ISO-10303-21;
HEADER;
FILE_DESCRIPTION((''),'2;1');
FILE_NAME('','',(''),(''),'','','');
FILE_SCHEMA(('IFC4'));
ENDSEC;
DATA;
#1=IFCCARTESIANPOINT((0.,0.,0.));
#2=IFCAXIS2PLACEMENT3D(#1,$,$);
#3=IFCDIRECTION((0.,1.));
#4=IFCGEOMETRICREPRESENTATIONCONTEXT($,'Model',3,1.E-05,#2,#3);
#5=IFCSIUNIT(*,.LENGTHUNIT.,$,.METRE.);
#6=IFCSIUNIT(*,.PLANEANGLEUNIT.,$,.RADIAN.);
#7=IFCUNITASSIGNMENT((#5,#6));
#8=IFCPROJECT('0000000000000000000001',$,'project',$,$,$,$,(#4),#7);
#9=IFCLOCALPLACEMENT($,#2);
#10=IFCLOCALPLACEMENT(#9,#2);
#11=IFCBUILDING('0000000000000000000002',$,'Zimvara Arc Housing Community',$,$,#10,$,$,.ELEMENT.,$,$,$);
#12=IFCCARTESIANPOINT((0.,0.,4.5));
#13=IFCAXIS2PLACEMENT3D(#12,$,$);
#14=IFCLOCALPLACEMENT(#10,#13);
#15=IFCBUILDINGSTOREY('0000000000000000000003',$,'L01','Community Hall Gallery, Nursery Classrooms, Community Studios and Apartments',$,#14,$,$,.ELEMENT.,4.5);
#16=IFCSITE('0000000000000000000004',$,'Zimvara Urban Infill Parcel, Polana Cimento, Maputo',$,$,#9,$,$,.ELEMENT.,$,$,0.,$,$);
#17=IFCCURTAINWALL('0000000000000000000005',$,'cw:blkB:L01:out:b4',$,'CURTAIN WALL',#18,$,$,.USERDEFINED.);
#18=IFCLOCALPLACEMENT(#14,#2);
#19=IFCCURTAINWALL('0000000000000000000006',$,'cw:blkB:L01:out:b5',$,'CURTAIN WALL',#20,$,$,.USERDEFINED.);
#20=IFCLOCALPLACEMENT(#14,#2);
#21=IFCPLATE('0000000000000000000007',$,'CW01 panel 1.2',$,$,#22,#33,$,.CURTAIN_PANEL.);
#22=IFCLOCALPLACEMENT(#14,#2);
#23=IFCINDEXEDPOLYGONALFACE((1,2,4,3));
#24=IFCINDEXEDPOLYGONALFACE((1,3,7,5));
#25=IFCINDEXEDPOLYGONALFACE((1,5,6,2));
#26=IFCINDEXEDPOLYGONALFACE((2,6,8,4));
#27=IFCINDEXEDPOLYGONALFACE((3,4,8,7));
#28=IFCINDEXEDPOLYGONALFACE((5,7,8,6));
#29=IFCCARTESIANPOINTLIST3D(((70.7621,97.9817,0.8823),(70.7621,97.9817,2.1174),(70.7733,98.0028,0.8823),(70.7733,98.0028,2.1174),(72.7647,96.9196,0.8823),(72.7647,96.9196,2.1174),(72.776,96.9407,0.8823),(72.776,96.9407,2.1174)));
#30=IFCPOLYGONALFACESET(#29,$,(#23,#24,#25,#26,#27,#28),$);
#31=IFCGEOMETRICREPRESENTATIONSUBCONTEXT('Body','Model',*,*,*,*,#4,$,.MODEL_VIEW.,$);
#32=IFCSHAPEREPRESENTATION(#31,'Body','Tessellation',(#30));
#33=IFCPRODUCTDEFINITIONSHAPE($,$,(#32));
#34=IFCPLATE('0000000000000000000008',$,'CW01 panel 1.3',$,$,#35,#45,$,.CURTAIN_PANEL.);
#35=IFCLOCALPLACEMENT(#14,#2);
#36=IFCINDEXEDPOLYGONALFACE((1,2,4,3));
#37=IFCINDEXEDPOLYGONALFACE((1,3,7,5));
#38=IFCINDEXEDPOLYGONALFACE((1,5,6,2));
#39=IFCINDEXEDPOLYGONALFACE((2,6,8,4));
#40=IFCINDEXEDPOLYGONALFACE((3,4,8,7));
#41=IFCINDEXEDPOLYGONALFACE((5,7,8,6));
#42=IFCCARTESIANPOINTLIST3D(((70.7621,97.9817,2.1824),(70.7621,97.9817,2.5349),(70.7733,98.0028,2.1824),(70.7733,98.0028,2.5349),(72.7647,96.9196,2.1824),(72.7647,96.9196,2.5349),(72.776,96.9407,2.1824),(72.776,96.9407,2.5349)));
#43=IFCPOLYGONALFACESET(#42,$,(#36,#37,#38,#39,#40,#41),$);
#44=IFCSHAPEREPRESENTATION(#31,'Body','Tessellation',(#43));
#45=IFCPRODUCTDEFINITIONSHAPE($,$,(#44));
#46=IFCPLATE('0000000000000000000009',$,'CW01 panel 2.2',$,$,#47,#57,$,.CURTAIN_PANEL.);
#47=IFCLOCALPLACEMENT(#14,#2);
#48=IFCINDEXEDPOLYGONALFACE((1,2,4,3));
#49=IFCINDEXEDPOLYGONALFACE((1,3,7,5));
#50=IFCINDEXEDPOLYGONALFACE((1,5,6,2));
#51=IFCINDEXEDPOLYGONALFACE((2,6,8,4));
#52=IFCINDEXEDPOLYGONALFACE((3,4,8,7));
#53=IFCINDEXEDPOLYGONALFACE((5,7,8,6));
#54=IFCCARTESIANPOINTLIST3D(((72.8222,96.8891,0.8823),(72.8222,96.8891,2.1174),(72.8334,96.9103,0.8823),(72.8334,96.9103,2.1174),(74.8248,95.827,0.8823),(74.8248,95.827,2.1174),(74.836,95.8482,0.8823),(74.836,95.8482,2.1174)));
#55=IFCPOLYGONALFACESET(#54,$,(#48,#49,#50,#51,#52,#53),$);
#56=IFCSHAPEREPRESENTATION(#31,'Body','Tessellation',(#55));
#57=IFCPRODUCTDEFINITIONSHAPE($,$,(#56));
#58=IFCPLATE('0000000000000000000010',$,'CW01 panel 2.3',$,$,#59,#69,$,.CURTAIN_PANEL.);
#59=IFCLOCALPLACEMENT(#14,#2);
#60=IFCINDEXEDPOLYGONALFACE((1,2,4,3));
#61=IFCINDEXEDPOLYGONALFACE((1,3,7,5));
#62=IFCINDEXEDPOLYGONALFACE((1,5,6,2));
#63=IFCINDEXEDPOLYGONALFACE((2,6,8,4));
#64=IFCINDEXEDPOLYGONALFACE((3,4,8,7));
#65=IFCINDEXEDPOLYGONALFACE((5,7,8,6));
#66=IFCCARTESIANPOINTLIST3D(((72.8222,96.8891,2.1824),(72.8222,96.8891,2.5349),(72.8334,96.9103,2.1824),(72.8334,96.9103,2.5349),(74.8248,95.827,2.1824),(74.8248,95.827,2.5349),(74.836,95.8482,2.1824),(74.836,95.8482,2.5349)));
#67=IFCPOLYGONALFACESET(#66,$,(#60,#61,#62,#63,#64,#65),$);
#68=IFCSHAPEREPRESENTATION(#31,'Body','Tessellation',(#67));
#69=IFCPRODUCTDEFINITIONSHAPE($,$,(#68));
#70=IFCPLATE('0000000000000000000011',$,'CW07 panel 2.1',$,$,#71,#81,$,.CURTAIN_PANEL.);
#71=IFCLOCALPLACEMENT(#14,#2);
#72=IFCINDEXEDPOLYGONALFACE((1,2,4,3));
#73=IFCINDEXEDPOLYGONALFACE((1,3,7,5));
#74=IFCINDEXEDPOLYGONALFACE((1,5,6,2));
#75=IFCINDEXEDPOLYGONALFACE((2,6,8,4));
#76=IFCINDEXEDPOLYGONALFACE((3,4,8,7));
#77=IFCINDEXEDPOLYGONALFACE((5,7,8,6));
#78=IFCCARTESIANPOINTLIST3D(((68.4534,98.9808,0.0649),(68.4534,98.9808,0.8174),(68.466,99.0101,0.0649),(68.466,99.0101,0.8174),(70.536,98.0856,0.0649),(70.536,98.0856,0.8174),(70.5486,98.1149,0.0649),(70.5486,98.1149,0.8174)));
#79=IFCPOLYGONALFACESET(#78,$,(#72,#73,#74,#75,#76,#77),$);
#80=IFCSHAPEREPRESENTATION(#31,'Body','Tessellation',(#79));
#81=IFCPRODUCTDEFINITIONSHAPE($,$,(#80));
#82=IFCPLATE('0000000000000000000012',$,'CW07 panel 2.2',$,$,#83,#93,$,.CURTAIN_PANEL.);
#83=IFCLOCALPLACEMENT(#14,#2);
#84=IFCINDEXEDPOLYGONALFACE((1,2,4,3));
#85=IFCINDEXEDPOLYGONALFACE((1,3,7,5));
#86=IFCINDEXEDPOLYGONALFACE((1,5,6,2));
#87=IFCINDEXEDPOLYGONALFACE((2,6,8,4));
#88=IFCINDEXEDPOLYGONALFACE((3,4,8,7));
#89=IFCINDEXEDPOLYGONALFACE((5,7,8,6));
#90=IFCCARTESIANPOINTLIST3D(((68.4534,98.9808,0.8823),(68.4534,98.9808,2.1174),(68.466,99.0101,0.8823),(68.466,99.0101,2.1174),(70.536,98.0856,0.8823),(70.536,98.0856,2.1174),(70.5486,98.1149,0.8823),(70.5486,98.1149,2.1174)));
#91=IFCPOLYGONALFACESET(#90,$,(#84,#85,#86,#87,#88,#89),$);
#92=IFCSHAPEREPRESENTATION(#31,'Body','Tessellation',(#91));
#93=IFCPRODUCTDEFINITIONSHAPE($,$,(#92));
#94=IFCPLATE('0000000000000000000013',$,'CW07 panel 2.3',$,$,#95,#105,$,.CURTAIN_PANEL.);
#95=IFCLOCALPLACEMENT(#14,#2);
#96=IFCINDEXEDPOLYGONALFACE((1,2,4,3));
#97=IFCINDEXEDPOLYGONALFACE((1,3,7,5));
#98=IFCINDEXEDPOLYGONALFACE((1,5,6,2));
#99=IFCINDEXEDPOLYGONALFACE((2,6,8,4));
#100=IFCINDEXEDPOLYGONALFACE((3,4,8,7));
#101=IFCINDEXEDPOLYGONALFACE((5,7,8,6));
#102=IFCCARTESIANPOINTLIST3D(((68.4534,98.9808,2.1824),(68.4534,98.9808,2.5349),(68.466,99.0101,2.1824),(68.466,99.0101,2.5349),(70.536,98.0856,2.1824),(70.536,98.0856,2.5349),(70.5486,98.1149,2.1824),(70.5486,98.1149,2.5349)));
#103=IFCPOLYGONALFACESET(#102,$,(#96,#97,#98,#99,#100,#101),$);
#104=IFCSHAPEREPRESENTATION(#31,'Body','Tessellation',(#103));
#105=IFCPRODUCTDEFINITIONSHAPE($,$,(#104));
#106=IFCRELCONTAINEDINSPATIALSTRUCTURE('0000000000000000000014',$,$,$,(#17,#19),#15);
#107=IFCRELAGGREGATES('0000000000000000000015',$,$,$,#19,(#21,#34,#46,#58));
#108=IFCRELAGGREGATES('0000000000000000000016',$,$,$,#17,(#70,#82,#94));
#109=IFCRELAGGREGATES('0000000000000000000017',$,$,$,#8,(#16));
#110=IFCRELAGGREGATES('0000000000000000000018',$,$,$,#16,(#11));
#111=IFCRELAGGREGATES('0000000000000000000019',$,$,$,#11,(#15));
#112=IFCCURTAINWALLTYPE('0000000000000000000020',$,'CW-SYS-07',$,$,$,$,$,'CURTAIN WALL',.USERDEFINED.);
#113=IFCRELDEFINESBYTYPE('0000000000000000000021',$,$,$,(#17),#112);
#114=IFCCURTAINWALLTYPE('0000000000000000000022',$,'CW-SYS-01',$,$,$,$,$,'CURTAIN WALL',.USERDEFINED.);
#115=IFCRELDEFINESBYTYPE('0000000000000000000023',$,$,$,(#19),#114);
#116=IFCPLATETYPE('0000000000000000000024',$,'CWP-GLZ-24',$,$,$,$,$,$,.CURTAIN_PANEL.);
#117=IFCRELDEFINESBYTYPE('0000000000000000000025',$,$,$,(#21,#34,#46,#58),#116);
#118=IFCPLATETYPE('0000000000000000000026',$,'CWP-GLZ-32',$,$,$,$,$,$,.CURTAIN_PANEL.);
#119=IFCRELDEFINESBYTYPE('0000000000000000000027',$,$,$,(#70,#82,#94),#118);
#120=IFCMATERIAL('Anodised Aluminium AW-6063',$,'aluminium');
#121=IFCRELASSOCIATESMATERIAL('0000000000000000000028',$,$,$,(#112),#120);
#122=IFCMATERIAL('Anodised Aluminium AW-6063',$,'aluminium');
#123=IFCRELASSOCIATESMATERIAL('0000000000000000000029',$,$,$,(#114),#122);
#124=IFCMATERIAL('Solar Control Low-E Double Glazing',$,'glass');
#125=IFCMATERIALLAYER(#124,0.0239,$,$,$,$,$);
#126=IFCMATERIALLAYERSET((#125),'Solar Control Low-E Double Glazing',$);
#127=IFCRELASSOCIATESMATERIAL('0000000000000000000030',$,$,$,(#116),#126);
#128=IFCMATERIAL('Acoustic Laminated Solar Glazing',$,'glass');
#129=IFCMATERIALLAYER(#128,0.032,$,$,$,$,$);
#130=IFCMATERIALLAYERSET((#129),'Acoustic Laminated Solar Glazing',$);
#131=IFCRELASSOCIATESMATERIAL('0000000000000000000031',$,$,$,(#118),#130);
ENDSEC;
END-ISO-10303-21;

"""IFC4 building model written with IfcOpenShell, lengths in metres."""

from ifc_helpers import new_model, si_unit, direction, frame, origin, origin_2d, place, context, subcontext, project, spatial, rectangle, extrude, material, layer, layer_set, type_object, element, aggregate, save


model = new_model("IFC4")

# Units and contexts
model_context = context("Model", 3, precision=1e-05, world=origin(), true_north=direction((0.0, 1.0)))
body_context = subcontext(model_context, "Body", "Model", "MODEL_VIEW")
ifc_project = project(units=[si_unit("LENGTHUNIT", "METRE"), si_unit("PLANEANGLEUNIT", "RADIAN")], contexts=[model_context])

# Site, building, storey
site_placement = place(None, origin())
site = spatial("IfcSite", under=ifc_project, at=site_placement, Name="Zimvara Urban Infill Parcel, Polana Cimento, Maputo", CompositionType="ELEMENT", RefElevation=0.0)
building_placement = place(site_placement, origin())
building = spatial("IfcBuilding", under=site, at=building_placement, Name="Zimvara Arc Housing Community", CompositionType="ELEMENT")
storey_placement = place(building_placement, frame((0.0, 0.0, 4.5)))
storey = spatial("IfcBuildingStorey", under=building, at=storey_placement, Name="L01", Description="Community Hall Gallery, Nursery Classrooms, Community Studios and Apartments", CompositionType="ELEMENT", Elevation=4.5)

# Curtain wall
ifc_material_1 = material(Name="Anodised Aluminium AW-6063", Category="aluminium")
curtain_wall_type_1 = type_object("IfcCurtainWallType", Name="CW-SYS-07", ElementType="CURTAIN WALL", PredefinedType="USERDEFINED", material=ifc_material_1)
curtain_wall_1_placement = place(storey_placement, origin())
curtain_wall_1 = element("IfcCurtainWall", 1, at=curtain_wall_1_placement, inside=storey, type_object=curtain_wall_type_1, Name="cw:blkB:L01:out:b4", ObjectType="CURTAIN WALL", PredefinedType="USERDEFINED")

# Curtain wall, plates
ifc_material_2 = material(Name="Anodised Aluminium AW-6063", Category="aluminium")
curtain_wall_type_2 = type_object("IfcCurtainWallType", Name="CW-SYS-01", ElementType="CURTAIN WALL", PredefinedType="USERDEFINED", material=ifc_material_2)
curtain_wall_2_placement = place(storey_placement, origin())
curtain_wall_2 = element("IfcCurtainWall", 2, at=curtain_wall_2_placement, inside=storey, type_object=curtain_wall_type_2, Name="cw:blkB:L01:out:b5", ObjectType="CURTAIN WALL", PredefinedType="USERDEFINED")
ifc_material_3 = material(Name="Solar Control Low-E Double Glazing", Category="glass")
ifc_layer_1 = layer(ifc_material_3, 0.0239)
ifc_layer_set_1 = layer_set([ifc_layer_1], Name="Solar Control Low-E Double Glazing")
plate_type_1 = type_object("IfcPlateType", Name="CWP-GLZ-24", PredefinedType="CURTAIN_PANEL", material=ifc_layer_set_1)
plate_1_placement = place(storey_placement, frame((71.769, 97.4612, 0.8823), z_axis=(0.0, 0.0, 1.0), x_axis=(0.883439, -0.468547, 0.0)))
plate_1 = element("IfcPlate", 3, at=plate_1_placement, type_object=plate_type_1, Name="CW01 panel 1.2", PredefinedType="CURTAIN_PANEL", context=body_context, shape_type="SweptSolid", body=[
    extrude(rectangle(XDim=2.2668, YDim=0.0239, at=origin_2d()), origin(), (0.0, 0.0, 1.0), 1.2351),
])
plate_2_placement = place(storey_placement, frame((71.769, 97.4612, 2.1824), z_axis=(0.0, 0.0, 1.0), x_axis=(0.883439, -0.468547, 0.0)))
plate_2 = element("IfcPlate", 4, at=plate_2_placement, type_object=plate_type_1, Name="CW01 panel 1.3", PredefinedType="CURTAIN_PANEL", context=body_context, shape_type="SweptSolid", body=[
    extrude(rectangle(XDim=2.2668, YDim=0.0239, at=origin_2d()), origin(), (0.0, 0.0, 1.0), 0.3525),
])
plate_3_placement = place(storey_placement, frame((73.8291, 96.3687, 0.8823), z_axis=(0.0, 0.0, 1.0), x_axis=(0.883439, -0.468547, 0.0)))
plate_3 = element("IfcPlate", 5, at=plate_3_placement, type_object=plate_type_1, Name="CW01 panel 2.2", PredefinedType="CURTAIN_PANEL", context=body_context, shape_type="SweptSolid", body=[
    extrude(rectangle(XDim=2.2668, YDim=0.0239, at=origin_2d()), origin(), (0.0, 0.0, 1.0), 1.2351),
])
plate_4_placement = place(storey_placement, frame((73.8291, 96.3687, 2.1824), z_axis=(0.0, 0.0, 1.0), x_axis=(0.883439, -0.468547, 0.0)))
plate_4 = element("IfcPlate", 6, at=plate_4_placement, type_object=plate_type_1, Name="CW01 panel 2.3", PredefinedType="CURTAIN_PANEL", context=body_context, shape_type="SweptSolid", body=[
    extrude(rectangle(XDim=2.2668, YDim=0.0239, at=origin_2d()), origin(), (0.0, 0.0, 1.0), 0.3525),
])
aggregate(curtain_wall_2, [plate_1, plate_2, plate_3, plate_4])

# Plates
ifc_material_4 = material(Name="Acoustic Laminated Solar Glazing", Category="glass")
ifc_layer_2 = layer(ifc_material_4, 0.032)
ifc_layer_set_2 = layer_set([ifc_layer_2], Name="Acoustic Laminated Solar Glazing")
plate_type_2 = type_object("IfcPlateType", Name="CWP-GLZ-32", PredefinedType="CURTAIN_PANEL", material=ifc_layer_set_2)
plate_5_placement = place(storey_placement, frame((69.501, 98.5479, 0.0649), z_axis=(0.0, 0.0, 1.0), x_axis=(0.918722, -0.394904, 0.0)))
plate_5 = element("IfcPlate", 7, at=plate_5_placement, type_object=plate_type_2, Name="CW07 panel 2.1", PredefinedType="CURTAIN_PANEL", context=body_context, shape_type="SweptSolid", body=[
    extrude(rectangle(XDim=2.2668, YDim=0.032, at=origin_2d()), origin(), (0.0, 0.0, 1.0), 0.7524),
])
plate_6_placement = place(storey_placement, frame((69.501, 98.5479, 0.8823), z_axis=(0.0, 0.0, 1.0), x_axis=(0.918722, -0.394904, 0.0)))
plate_6 = element("IfcPlate", 8, at=plate_6_placement, type_object=plate_type_2, Name="CW07 panel 2.2", PredefinedType="CURTAIN_PANEL", context=body_context, shape_type="SweptSolid", body=[
    extrude(rectangle(XDim=2.2668, YDim=0.032, at=origin_2d()), origin(), (0.0, 0.0, 1.0), 1.2351),
])
plate_7_placement = place(storey_placement, frame((69.501, 98.5479, 2.1824), z_axis=(0.0, 0.0, 1.0), x_axis=(0.918722, -0.394904, 0.0)))
plate_7 = element("IfcPlate", 9, at=plate_7_placement, type_object=plate_type_2, Name="CW07 panel 2.3", PredefinedType="CURTAIN_PANEL", context=body_context, shape_type="SweptSolid", body=[
    extrude(rectangle(XDim=2.2668, YDim=0.032, at=origin_2d()), origin(), (0.0, 0.0, 1.0), 0.3525),
])
aggregate(curtain_wall_1, [plate_5, plate_6, plate_7])

save(model, "model.ifc")
